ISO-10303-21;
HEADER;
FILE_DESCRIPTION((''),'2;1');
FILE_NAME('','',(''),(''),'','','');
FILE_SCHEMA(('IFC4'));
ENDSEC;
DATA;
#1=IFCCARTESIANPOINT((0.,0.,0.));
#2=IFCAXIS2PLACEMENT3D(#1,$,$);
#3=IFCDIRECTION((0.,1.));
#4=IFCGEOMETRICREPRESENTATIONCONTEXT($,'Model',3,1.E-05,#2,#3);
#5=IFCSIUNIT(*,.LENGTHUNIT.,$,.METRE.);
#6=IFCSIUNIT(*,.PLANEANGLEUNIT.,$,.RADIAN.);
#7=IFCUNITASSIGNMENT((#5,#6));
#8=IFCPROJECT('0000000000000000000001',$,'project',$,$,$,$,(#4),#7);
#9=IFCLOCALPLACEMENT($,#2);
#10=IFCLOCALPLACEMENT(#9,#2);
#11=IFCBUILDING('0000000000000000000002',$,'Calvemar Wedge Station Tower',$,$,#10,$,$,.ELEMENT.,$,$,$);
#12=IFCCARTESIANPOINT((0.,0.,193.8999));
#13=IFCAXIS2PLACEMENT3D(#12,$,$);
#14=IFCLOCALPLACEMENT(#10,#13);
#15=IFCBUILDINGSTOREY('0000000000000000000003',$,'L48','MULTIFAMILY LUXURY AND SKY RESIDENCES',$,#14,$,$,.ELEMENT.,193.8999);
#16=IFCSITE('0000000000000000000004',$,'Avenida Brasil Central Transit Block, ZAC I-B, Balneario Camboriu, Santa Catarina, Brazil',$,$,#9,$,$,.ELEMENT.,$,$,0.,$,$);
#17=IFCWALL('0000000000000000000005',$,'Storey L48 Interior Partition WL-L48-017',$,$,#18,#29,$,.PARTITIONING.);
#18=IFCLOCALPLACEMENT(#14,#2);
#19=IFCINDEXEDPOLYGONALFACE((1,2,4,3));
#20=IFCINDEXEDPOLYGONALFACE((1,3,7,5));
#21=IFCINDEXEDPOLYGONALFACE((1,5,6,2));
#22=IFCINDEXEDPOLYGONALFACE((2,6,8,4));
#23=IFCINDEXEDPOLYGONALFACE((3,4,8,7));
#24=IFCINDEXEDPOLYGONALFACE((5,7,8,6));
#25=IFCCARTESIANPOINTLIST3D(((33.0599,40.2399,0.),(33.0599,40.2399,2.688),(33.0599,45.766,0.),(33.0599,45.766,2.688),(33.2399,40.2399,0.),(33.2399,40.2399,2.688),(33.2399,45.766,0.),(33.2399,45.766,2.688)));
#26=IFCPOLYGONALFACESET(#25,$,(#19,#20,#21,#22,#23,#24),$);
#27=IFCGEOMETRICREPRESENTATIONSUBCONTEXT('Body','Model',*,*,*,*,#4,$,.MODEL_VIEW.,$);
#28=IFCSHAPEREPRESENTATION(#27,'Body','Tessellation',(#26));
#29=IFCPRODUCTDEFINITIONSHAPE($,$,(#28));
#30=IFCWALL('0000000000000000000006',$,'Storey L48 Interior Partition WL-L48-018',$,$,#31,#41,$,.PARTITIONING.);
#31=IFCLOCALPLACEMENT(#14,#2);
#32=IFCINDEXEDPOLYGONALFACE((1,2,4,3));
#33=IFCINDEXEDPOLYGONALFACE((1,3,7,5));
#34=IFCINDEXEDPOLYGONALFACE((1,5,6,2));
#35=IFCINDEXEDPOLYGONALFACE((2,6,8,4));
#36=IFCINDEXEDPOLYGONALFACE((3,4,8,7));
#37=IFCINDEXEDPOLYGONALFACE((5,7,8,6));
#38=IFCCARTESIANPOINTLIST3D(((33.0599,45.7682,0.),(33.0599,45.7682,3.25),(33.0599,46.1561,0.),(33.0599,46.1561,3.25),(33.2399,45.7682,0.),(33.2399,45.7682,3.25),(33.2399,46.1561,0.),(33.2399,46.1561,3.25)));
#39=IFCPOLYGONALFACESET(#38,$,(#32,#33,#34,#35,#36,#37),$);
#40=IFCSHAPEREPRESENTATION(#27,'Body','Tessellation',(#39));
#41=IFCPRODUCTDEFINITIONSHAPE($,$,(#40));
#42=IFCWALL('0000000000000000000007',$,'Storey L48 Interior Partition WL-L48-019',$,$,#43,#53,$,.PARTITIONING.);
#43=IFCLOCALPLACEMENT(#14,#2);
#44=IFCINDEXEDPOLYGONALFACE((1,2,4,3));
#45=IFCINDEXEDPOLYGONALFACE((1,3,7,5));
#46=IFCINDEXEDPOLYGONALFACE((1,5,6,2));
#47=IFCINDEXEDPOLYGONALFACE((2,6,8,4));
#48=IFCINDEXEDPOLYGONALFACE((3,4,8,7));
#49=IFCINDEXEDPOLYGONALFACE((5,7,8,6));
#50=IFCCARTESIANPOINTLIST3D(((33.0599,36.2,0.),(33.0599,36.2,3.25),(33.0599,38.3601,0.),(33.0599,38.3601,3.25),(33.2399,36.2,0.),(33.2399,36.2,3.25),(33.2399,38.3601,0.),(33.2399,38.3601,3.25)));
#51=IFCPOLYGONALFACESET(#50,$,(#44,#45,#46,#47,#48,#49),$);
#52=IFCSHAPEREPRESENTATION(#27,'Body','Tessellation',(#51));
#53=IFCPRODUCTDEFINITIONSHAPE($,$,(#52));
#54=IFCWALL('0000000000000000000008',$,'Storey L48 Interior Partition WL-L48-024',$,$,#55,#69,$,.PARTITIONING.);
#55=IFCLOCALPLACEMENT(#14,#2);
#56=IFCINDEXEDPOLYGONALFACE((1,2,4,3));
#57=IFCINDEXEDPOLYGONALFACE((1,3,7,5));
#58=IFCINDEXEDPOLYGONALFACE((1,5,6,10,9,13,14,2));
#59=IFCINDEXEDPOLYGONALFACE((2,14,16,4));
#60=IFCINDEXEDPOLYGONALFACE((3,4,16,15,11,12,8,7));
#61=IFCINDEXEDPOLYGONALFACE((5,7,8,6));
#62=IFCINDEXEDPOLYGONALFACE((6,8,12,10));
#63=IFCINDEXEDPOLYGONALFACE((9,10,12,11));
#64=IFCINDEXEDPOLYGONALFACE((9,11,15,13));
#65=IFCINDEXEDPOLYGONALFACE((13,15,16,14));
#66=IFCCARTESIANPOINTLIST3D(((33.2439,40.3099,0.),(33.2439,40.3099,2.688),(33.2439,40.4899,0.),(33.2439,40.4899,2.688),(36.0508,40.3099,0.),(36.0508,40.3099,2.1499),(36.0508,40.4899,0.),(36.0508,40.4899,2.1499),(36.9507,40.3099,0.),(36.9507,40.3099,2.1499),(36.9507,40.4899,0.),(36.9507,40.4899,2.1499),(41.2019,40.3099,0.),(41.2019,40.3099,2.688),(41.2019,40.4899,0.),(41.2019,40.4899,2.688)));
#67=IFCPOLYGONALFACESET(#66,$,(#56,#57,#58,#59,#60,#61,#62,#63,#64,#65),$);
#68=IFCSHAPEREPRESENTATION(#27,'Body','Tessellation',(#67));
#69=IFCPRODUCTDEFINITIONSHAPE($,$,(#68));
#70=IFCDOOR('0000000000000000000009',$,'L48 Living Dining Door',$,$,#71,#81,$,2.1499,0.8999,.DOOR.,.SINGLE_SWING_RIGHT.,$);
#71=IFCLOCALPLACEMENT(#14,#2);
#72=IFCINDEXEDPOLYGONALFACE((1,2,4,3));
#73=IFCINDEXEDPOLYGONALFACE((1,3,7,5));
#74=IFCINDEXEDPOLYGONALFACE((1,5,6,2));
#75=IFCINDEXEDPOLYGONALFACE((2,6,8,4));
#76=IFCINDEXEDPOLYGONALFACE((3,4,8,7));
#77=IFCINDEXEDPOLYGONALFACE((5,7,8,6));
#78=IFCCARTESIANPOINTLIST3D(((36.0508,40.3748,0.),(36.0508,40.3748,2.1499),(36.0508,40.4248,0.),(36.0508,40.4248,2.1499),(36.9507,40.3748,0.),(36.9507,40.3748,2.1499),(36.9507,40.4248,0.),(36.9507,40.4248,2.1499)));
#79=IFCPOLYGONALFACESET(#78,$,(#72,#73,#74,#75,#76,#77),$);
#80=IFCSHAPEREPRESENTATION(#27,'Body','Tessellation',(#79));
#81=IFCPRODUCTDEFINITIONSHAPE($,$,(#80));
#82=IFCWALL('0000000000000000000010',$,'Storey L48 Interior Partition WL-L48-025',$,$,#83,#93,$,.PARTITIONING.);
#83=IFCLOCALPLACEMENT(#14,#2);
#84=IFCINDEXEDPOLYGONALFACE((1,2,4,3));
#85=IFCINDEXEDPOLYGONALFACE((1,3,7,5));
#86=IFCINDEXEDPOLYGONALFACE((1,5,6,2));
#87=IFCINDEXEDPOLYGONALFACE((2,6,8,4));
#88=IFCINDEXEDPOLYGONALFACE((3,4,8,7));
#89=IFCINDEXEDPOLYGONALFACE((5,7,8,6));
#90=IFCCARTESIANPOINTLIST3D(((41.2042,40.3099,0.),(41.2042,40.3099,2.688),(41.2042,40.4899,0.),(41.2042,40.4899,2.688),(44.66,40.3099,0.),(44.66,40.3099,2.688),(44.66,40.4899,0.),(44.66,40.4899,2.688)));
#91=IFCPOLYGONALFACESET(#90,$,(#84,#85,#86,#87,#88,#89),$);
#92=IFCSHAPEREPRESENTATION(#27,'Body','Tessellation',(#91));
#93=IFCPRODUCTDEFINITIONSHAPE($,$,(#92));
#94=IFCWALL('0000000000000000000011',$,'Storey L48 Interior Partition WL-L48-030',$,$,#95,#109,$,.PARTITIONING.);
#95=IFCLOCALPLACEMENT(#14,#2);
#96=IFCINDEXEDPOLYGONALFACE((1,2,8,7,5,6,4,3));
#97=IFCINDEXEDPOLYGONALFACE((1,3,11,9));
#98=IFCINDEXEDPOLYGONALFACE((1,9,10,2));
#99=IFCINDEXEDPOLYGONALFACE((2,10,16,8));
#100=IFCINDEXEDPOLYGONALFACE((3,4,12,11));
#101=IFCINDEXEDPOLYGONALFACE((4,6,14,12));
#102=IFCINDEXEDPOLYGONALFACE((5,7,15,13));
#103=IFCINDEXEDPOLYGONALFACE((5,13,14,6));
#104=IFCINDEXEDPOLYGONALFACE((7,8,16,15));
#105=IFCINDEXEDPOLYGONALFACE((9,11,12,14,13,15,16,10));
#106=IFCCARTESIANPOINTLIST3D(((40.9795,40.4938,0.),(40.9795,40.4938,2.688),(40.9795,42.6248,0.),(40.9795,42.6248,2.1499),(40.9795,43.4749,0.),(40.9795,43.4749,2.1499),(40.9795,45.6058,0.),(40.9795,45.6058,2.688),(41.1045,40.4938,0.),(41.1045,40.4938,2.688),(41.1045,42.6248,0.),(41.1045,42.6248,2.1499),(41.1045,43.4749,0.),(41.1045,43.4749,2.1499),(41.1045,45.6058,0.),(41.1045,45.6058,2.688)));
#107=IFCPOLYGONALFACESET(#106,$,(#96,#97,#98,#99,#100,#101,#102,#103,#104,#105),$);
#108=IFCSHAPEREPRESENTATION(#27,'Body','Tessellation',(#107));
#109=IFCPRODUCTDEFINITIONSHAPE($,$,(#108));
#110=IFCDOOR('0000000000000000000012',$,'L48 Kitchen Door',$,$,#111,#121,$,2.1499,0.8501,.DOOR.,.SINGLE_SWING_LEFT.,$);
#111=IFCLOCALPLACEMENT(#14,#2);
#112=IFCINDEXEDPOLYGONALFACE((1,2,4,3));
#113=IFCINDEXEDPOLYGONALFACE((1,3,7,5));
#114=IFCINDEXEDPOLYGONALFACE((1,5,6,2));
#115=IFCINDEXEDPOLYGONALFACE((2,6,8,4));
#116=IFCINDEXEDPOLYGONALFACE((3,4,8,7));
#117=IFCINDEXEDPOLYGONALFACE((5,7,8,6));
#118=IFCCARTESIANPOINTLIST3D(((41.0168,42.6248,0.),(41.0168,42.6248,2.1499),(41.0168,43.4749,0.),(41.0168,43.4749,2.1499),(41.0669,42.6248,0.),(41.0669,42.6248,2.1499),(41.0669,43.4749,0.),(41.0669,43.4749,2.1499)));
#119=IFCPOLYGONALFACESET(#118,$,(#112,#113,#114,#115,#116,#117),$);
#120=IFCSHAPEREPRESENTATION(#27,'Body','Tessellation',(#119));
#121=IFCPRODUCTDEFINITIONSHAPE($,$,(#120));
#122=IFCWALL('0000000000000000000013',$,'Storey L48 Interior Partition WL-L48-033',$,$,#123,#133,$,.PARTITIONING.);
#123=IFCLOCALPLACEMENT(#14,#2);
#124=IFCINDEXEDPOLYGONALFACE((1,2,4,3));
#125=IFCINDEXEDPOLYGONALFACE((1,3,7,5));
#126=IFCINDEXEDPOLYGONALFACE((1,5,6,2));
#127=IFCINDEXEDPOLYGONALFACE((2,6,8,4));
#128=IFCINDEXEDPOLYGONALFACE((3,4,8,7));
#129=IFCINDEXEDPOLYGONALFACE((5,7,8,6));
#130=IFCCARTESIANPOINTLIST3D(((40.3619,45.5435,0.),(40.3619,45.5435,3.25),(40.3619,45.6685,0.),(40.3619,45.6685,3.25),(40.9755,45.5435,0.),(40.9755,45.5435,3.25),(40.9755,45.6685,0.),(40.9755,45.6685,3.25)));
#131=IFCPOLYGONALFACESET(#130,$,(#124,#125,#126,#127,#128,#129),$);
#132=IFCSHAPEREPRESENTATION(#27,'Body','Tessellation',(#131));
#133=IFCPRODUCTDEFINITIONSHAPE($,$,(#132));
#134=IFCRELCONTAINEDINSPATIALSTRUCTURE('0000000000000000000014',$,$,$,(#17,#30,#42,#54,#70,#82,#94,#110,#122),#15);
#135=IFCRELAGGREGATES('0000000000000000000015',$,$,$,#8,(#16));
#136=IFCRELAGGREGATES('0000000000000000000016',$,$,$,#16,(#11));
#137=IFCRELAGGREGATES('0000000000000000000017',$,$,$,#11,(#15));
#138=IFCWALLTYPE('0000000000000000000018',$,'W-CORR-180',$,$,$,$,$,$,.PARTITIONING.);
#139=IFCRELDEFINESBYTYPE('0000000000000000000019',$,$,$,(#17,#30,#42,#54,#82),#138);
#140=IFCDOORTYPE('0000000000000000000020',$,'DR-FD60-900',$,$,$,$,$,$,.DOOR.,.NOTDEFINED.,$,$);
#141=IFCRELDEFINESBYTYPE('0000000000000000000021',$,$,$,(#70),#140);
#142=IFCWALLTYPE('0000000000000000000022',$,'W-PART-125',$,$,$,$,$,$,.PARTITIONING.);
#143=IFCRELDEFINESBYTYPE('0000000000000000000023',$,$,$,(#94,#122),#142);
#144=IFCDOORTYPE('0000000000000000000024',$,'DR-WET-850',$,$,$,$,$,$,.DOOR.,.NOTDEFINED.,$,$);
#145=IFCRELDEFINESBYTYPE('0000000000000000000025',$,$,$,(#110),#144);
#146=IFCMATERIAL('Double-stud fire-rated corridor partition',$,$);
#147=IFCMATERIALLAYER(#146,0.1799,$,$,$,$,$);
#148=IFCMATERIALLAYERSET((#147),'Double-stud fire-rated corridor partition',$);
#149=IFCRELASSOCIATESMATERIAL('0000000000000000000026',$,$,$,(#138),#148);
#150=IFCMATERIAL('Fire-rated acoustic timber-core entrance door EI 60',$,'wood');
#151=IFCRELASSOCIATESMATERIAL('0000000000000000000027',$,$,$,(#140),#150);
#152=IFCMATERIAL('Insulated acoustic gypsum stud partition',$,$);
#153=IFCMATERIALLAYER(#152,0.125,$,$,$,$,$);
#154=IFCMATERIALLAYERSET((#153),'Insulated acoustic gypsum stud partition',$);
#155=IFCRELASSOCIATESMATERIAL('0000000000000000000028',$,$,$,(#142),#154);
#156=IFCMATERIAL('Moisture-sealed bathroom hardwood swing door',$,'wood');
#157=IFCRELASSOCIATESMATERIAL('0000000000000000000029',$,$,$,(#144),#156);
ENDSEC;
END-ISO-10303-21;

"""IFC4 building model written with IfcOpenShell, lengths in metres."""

from ifc_helpers import new_model, si_unit, direction, frame, frame_2d, origin, place, context, subcontext, project, spatial, rectangle, extrude, source, transform, mapped, material, layer, layer_set, type_object, element, fill, save


model = new_model("IFC4")

# Units and contexts
model_context = context("Model", 3, precision=1e-05, world=origin(), true_north=direction((0.0, 1.0)))
body_context = subcontext(model_context, "Body", "Model", "MODEL_VIEW")
ifc_project = project(units=[si_unit("LENGTHUNIT", "METRE"), si_unit("PLANEANGLEUNIT", "RADIAN")], contexts=[model_context])

# Site, building, storey
site_placement = place(None, origin())
site = spatial("IfcSite", under=ifc_project, at=site_placement, Name="Avenida Brasil Central Transit Block, ZAC I-B, Balneario Camboriu, Santa Catarina, Brazil", CompositionType="ELEMENT", RefElevation=0.0)
building_placement = place(site_placement, origin())
building = spatial("IfcBuilding", under=site, at=building_placement, Name="Calvemar Wedge Station Tower", CompositionType="ELEMENT")
storey_placement = place(building_placement, frame((0.0, 0.0, 193.8999)))
storey = spatial("IfcBuildingStorey", under=building, at=storey_placement, Name="L48", Description="MULTIFAMILY LUXURY AND SKY RESIDENCES", CompositionType="ELEMENT", Elevation=193.8999)

# Walls
ifc_material_1 = material(Name="Double-stud fire-rated corridor partition")
ifc_layer_1 = layer(ifc_material_1, 0.1799)
ifc_layer_set_1 = layer_set([ifc_layer_1], Name="Double-stud fire-rated corridor partition")
wall_type_1 = type_object("IfcWallType", Name="W-CORR-180", PredefinedType="PARTITIONING", material=ifc_layer_set_1)
wall_1_placement = place(storey_placement, frame((33.1499, 45.7661, 0.0), z_axis=(0.0, 0.0, 1.0), x_axis=(0.0, -1.0, 0.0)))
element("IfcWall", 1, at=wall_1_placement, inside=storey, type_object=wall_type_1, Name="Storey L48 Interior Partition WL-L48-017", PredefinedType="PARTITIONING", context=body_context, shape_type="SweptSolid", body=[
    extrude(rectangle(XDim=5.5261, YDim=0.1799, at=frame_2d((2.7632, 0.0))), origin(), (0.0, 0.0, 1.0), 2.688),
])
wall_2_placement = place(storey_placement, frame((33.1499, 46.156, 0.0), z_axis=(0.0, 0.0, 1.0), x_axis=(0.0, -1.0, 0.0)))
element("IfcWall", 2, at=wall_2_placement, inside=storey, type_object=wall_type_1, Name="Storey L48 Interior Partition WL-L48-018", PredefinedType="PARTITIONING", context=body_context, shape_type="SweptSolid", body=[
    extrude(rectangle(XDim=0.3879, YDim=0.1799, at=frame_2d((0.1938, 0.0))), origin(), (0.0, 0.0, 1.0), 3.25),
])
wall_3_placement = place(storey_placement, frame((33.1499, 38.3601, 0.0), z_axis=(0.0, 0.0, 1.0), x_axis=(0.0, -1.0, 0.0)))
element("IfcWall", 3, at=wall_3_placement, inside=storey, type_object=wall_type_1, Name="Storey L48 Interior Partition WL-L48-019", PredefinedType="PARTITIONING", context=body_context, shape_type="SweptSolid", body=[
    extrude(rectangle(XDim=2.1602, YDim=0.1799, at=frame_2d((1.0801, 0.0))), origin(), (0.0, 0.0, 1.0), 3.25),
])

# Wall, opening, door
wall_4_placement = place(storey_placement, frame((33.2439, 40.3999, 0.0), z_axis=(0.0, 0.0, 1.0), x_axis=(1.0, 0.0, 0.0)))
wall_4 = element("IfcWall", 4, at=wall_4_placement, inside=storey, type_object=wall_type_1, Name="Storey L48 Interior Partition WL-L48-024", PredefinedType="PARTITIONING", context=body_context, shape_type="SweptSolid", body=[
    extrude(rectangle(XDim=7.958, YDim=0.1799, at=frame_2d((3.979, 0.0))), origin(), (0.0, 0.0, 1.0), 2.688),
])
shared_shape_1 = source(origin(), body_context, "Body", "SweptSolid", [
    extrude(rectangle(XDim=0.8999, YDim=2.1499, at=frame_2d((0.45, 1.075))), frame((0.0, 0.1001, 0.0), z_axis=(0.0, -1.0, 0.0), x_axis=(1.0, 0.0, 0.0)), (0.0, 0.0, 1.0), 0.2),
])
opening_1_placement = place(wall_4_placement, frame((2.8069, 0.0, 0.0)))
opening_1 = element("IfcOpeningElement", 5, at=opening_1_placement, cuts=wall_4, PredefinedType="OPENING", context=body_context, shape_type="MappedRepresentation", body=[
    mapped(shared_shape_1, transform((0.0, 0.0, 0.0), scale=1.0)),
])
ifc_material_2 = material(Name="Fire-rated acoustic timber-core entrance door EI 60", Category="wood")
door_type_1 = type_object("IfcDoorType", Name="DR-FD60-900", OperationType="NOTDEFINED", PredefinedType="DOOR", material=ifc_material_2)
shared_shape_2 = source(origin(), body_context, "Body", "SweptSolid", [
    extrude(rectangle(XDim=0.8999, YDim=2.1499, at=frame_2d((0.45, 1.075))), frame((0.0, 0.0249, 0.0), z_axis=(0.0, -1.0, 0.0), x_axis=(1.0, 0.0, 0.0)), (0.0, 0.0, 1.0), 0.05),
])
door_1_placement = place(opening_1_placement, origin())
door_1 = element("IfcDoor", 6, at=door_1_placement, inside=storey, type_object=door_type_1, Name="L48 Living Dining Door", OperationType="SINGLE_SWING_RIGHT", OverallHeight=2.1499, OverallWidth=0.8999, PredefinedType="DOOR", context=body_context, shape_type="MappedRepresentation", body=[
    mapped(shared_shape_2, transform((0.0, 0.0, 0.0), scale=1.0)),
])
fill(opening_1, door_1)

# Wall
wall_5_placement = place(storey_placement, frame((41.2041, 40.3999, 0.0), z_axis=(0.0, 0.0, 1.0), x_axis=(1.0, 0.0, 0.0)))
element("IfcWall", 7, at=wall_5_placement, inside=storey, type_object=wall_type_1, Name="Storey L48 Interior Partition WL-L48-025", PredefinedType="PARTITIONING", context=body_context, shape_type="SweptSolid", body=[
    extrude(rectangle(XDim=3.4558, YDim=0.1799, at=frame_2d((1.728, 0.0))), origin(), (0.0, 0.0, 1.0), 2.688),
])

# Wall, opening, door
ifc_material_3 = material(Name="Insulated acoustic gypsum stud partition")
ifc_layer_2 = layer(ifc_material_3, 0.125)
ifc_layer_set_2 = layer_set([ifc_layer_2], Name="Insulated acoustic gypsum stud partition")
wall_type_2 = type_object("IfcWallType", Name="W-PART-125", PredefinedType="PARTITIONING", material=ifc_layer_set_2)
wall_6_placement = place(storey_placement, frame((41.042, 45.606, 0.0), z_axis=(0.0, 0.0, 1.0), x_axis=(0.0, -1.0, 0.0)))
wall_6 = element("IfcWall", 8, at=wall_6_placement, inside=storey, type_object=wall_type_2, Name="Storey L48 Interior Partition WL-L48-030", PredefinedType="PARTITIONING", context=body_context, shape_type="SweptSolid", body=[
    extrude(rectangle(XDim=5.1121, YDim=0.125, at=frame_2d((2.5562, 0.0))), origin(), (0.0, 0.0, 1.0), 2.688),
])
shared_shape_3 = source(origin(), body_context, "Body", "SweptSolid", [
    extrude(rectangle(XDim=0.8501, YDim=2.1499, at=frame_2d((0.425, 1.075))), frame((0.0, 0.0725, 0.0), z_axis=(0.0, -1.0, 0.0), x_axis=(1.0, 0.0, 0.0)), (0.0, 0.0, 1.0), 0.145),
])
opening_2_placement = place(wall_6_placement, frame((2.1311, 0.0, 0.0)))
opening_2 = element("IfcOpeningElement", 9, at=opening_2_placement, cuts=wall_6, PredefinedType="OPENING", context=body_context, shape_type="MappedRepresentation", body=[
    mapped(shared_shape_3, transform((0.0, 0.0, 0.0), scale=1.0)),
])
ifc_material_4 = material(Name="Moisture-sealed bathroom hardwood swing door", Category="wood")
door_type_2 = type_object("IfcDoorType", Name="DR-WET-850", OperationType="NOTDEFINED", PredefinedType="DOOR", material=ifc_material_4)
shared_shape_4 = source(origin(), body_context, "Body", "SweptSolid", [
    extrude(rectangle(XDim=0.8501, YDim=2.1499, at=frame_2d((0.425, 1.075))), frame((0.0, 0.0249, 0.0), z_axis=(0.0, -1.0, 0.0), x_axis=(1.0, 0.0, 0.0)), (0.0, 0.0, 1.0), 0.05),
])
door_2_placement = place(opening_2_placement, origin())
door_2 = element("IfcDoor", 10, at=door_2_placement, inside=storey, type_object=door_type_2, Name="L48 Kitchen Door", OperationType="SINGLE_SWING_LEFT", OverallHeight=2.1499, OverallWidth=0.8501, PredefinedType="DOOR", context=body_context, shape_type="MappedRepresentation", body=[
    mapped(shared_shape_4, transform((0.0, 0.0, 0.0), scale=1.0)),
])
fill(opening_2, door_2)

# Wall
wall_7_placement = place(storey_placement, frame((40.3621, 45.606, 0.0), z_axis=(0.0, 0.0, 1.0), x_axis=(1.0, 0.0, 0.0)))
element("IfcWall", 11, at=wall_7_placement, inside=storey, type_object=wall_type_2, Name="Storey L48 Interior Partition WL-L48-033", PredefinedType="PARTITIONING", context=body_context, shape_type="SweptSolid", body=[
    extrude(rectangle(XDim=0.6135, YDim=0.125, at=frame_2d((0.3066, 0.0))), origin(), (0.0, 0.0, 1.0), 3.25),
])

save(model, "model.ifc")
